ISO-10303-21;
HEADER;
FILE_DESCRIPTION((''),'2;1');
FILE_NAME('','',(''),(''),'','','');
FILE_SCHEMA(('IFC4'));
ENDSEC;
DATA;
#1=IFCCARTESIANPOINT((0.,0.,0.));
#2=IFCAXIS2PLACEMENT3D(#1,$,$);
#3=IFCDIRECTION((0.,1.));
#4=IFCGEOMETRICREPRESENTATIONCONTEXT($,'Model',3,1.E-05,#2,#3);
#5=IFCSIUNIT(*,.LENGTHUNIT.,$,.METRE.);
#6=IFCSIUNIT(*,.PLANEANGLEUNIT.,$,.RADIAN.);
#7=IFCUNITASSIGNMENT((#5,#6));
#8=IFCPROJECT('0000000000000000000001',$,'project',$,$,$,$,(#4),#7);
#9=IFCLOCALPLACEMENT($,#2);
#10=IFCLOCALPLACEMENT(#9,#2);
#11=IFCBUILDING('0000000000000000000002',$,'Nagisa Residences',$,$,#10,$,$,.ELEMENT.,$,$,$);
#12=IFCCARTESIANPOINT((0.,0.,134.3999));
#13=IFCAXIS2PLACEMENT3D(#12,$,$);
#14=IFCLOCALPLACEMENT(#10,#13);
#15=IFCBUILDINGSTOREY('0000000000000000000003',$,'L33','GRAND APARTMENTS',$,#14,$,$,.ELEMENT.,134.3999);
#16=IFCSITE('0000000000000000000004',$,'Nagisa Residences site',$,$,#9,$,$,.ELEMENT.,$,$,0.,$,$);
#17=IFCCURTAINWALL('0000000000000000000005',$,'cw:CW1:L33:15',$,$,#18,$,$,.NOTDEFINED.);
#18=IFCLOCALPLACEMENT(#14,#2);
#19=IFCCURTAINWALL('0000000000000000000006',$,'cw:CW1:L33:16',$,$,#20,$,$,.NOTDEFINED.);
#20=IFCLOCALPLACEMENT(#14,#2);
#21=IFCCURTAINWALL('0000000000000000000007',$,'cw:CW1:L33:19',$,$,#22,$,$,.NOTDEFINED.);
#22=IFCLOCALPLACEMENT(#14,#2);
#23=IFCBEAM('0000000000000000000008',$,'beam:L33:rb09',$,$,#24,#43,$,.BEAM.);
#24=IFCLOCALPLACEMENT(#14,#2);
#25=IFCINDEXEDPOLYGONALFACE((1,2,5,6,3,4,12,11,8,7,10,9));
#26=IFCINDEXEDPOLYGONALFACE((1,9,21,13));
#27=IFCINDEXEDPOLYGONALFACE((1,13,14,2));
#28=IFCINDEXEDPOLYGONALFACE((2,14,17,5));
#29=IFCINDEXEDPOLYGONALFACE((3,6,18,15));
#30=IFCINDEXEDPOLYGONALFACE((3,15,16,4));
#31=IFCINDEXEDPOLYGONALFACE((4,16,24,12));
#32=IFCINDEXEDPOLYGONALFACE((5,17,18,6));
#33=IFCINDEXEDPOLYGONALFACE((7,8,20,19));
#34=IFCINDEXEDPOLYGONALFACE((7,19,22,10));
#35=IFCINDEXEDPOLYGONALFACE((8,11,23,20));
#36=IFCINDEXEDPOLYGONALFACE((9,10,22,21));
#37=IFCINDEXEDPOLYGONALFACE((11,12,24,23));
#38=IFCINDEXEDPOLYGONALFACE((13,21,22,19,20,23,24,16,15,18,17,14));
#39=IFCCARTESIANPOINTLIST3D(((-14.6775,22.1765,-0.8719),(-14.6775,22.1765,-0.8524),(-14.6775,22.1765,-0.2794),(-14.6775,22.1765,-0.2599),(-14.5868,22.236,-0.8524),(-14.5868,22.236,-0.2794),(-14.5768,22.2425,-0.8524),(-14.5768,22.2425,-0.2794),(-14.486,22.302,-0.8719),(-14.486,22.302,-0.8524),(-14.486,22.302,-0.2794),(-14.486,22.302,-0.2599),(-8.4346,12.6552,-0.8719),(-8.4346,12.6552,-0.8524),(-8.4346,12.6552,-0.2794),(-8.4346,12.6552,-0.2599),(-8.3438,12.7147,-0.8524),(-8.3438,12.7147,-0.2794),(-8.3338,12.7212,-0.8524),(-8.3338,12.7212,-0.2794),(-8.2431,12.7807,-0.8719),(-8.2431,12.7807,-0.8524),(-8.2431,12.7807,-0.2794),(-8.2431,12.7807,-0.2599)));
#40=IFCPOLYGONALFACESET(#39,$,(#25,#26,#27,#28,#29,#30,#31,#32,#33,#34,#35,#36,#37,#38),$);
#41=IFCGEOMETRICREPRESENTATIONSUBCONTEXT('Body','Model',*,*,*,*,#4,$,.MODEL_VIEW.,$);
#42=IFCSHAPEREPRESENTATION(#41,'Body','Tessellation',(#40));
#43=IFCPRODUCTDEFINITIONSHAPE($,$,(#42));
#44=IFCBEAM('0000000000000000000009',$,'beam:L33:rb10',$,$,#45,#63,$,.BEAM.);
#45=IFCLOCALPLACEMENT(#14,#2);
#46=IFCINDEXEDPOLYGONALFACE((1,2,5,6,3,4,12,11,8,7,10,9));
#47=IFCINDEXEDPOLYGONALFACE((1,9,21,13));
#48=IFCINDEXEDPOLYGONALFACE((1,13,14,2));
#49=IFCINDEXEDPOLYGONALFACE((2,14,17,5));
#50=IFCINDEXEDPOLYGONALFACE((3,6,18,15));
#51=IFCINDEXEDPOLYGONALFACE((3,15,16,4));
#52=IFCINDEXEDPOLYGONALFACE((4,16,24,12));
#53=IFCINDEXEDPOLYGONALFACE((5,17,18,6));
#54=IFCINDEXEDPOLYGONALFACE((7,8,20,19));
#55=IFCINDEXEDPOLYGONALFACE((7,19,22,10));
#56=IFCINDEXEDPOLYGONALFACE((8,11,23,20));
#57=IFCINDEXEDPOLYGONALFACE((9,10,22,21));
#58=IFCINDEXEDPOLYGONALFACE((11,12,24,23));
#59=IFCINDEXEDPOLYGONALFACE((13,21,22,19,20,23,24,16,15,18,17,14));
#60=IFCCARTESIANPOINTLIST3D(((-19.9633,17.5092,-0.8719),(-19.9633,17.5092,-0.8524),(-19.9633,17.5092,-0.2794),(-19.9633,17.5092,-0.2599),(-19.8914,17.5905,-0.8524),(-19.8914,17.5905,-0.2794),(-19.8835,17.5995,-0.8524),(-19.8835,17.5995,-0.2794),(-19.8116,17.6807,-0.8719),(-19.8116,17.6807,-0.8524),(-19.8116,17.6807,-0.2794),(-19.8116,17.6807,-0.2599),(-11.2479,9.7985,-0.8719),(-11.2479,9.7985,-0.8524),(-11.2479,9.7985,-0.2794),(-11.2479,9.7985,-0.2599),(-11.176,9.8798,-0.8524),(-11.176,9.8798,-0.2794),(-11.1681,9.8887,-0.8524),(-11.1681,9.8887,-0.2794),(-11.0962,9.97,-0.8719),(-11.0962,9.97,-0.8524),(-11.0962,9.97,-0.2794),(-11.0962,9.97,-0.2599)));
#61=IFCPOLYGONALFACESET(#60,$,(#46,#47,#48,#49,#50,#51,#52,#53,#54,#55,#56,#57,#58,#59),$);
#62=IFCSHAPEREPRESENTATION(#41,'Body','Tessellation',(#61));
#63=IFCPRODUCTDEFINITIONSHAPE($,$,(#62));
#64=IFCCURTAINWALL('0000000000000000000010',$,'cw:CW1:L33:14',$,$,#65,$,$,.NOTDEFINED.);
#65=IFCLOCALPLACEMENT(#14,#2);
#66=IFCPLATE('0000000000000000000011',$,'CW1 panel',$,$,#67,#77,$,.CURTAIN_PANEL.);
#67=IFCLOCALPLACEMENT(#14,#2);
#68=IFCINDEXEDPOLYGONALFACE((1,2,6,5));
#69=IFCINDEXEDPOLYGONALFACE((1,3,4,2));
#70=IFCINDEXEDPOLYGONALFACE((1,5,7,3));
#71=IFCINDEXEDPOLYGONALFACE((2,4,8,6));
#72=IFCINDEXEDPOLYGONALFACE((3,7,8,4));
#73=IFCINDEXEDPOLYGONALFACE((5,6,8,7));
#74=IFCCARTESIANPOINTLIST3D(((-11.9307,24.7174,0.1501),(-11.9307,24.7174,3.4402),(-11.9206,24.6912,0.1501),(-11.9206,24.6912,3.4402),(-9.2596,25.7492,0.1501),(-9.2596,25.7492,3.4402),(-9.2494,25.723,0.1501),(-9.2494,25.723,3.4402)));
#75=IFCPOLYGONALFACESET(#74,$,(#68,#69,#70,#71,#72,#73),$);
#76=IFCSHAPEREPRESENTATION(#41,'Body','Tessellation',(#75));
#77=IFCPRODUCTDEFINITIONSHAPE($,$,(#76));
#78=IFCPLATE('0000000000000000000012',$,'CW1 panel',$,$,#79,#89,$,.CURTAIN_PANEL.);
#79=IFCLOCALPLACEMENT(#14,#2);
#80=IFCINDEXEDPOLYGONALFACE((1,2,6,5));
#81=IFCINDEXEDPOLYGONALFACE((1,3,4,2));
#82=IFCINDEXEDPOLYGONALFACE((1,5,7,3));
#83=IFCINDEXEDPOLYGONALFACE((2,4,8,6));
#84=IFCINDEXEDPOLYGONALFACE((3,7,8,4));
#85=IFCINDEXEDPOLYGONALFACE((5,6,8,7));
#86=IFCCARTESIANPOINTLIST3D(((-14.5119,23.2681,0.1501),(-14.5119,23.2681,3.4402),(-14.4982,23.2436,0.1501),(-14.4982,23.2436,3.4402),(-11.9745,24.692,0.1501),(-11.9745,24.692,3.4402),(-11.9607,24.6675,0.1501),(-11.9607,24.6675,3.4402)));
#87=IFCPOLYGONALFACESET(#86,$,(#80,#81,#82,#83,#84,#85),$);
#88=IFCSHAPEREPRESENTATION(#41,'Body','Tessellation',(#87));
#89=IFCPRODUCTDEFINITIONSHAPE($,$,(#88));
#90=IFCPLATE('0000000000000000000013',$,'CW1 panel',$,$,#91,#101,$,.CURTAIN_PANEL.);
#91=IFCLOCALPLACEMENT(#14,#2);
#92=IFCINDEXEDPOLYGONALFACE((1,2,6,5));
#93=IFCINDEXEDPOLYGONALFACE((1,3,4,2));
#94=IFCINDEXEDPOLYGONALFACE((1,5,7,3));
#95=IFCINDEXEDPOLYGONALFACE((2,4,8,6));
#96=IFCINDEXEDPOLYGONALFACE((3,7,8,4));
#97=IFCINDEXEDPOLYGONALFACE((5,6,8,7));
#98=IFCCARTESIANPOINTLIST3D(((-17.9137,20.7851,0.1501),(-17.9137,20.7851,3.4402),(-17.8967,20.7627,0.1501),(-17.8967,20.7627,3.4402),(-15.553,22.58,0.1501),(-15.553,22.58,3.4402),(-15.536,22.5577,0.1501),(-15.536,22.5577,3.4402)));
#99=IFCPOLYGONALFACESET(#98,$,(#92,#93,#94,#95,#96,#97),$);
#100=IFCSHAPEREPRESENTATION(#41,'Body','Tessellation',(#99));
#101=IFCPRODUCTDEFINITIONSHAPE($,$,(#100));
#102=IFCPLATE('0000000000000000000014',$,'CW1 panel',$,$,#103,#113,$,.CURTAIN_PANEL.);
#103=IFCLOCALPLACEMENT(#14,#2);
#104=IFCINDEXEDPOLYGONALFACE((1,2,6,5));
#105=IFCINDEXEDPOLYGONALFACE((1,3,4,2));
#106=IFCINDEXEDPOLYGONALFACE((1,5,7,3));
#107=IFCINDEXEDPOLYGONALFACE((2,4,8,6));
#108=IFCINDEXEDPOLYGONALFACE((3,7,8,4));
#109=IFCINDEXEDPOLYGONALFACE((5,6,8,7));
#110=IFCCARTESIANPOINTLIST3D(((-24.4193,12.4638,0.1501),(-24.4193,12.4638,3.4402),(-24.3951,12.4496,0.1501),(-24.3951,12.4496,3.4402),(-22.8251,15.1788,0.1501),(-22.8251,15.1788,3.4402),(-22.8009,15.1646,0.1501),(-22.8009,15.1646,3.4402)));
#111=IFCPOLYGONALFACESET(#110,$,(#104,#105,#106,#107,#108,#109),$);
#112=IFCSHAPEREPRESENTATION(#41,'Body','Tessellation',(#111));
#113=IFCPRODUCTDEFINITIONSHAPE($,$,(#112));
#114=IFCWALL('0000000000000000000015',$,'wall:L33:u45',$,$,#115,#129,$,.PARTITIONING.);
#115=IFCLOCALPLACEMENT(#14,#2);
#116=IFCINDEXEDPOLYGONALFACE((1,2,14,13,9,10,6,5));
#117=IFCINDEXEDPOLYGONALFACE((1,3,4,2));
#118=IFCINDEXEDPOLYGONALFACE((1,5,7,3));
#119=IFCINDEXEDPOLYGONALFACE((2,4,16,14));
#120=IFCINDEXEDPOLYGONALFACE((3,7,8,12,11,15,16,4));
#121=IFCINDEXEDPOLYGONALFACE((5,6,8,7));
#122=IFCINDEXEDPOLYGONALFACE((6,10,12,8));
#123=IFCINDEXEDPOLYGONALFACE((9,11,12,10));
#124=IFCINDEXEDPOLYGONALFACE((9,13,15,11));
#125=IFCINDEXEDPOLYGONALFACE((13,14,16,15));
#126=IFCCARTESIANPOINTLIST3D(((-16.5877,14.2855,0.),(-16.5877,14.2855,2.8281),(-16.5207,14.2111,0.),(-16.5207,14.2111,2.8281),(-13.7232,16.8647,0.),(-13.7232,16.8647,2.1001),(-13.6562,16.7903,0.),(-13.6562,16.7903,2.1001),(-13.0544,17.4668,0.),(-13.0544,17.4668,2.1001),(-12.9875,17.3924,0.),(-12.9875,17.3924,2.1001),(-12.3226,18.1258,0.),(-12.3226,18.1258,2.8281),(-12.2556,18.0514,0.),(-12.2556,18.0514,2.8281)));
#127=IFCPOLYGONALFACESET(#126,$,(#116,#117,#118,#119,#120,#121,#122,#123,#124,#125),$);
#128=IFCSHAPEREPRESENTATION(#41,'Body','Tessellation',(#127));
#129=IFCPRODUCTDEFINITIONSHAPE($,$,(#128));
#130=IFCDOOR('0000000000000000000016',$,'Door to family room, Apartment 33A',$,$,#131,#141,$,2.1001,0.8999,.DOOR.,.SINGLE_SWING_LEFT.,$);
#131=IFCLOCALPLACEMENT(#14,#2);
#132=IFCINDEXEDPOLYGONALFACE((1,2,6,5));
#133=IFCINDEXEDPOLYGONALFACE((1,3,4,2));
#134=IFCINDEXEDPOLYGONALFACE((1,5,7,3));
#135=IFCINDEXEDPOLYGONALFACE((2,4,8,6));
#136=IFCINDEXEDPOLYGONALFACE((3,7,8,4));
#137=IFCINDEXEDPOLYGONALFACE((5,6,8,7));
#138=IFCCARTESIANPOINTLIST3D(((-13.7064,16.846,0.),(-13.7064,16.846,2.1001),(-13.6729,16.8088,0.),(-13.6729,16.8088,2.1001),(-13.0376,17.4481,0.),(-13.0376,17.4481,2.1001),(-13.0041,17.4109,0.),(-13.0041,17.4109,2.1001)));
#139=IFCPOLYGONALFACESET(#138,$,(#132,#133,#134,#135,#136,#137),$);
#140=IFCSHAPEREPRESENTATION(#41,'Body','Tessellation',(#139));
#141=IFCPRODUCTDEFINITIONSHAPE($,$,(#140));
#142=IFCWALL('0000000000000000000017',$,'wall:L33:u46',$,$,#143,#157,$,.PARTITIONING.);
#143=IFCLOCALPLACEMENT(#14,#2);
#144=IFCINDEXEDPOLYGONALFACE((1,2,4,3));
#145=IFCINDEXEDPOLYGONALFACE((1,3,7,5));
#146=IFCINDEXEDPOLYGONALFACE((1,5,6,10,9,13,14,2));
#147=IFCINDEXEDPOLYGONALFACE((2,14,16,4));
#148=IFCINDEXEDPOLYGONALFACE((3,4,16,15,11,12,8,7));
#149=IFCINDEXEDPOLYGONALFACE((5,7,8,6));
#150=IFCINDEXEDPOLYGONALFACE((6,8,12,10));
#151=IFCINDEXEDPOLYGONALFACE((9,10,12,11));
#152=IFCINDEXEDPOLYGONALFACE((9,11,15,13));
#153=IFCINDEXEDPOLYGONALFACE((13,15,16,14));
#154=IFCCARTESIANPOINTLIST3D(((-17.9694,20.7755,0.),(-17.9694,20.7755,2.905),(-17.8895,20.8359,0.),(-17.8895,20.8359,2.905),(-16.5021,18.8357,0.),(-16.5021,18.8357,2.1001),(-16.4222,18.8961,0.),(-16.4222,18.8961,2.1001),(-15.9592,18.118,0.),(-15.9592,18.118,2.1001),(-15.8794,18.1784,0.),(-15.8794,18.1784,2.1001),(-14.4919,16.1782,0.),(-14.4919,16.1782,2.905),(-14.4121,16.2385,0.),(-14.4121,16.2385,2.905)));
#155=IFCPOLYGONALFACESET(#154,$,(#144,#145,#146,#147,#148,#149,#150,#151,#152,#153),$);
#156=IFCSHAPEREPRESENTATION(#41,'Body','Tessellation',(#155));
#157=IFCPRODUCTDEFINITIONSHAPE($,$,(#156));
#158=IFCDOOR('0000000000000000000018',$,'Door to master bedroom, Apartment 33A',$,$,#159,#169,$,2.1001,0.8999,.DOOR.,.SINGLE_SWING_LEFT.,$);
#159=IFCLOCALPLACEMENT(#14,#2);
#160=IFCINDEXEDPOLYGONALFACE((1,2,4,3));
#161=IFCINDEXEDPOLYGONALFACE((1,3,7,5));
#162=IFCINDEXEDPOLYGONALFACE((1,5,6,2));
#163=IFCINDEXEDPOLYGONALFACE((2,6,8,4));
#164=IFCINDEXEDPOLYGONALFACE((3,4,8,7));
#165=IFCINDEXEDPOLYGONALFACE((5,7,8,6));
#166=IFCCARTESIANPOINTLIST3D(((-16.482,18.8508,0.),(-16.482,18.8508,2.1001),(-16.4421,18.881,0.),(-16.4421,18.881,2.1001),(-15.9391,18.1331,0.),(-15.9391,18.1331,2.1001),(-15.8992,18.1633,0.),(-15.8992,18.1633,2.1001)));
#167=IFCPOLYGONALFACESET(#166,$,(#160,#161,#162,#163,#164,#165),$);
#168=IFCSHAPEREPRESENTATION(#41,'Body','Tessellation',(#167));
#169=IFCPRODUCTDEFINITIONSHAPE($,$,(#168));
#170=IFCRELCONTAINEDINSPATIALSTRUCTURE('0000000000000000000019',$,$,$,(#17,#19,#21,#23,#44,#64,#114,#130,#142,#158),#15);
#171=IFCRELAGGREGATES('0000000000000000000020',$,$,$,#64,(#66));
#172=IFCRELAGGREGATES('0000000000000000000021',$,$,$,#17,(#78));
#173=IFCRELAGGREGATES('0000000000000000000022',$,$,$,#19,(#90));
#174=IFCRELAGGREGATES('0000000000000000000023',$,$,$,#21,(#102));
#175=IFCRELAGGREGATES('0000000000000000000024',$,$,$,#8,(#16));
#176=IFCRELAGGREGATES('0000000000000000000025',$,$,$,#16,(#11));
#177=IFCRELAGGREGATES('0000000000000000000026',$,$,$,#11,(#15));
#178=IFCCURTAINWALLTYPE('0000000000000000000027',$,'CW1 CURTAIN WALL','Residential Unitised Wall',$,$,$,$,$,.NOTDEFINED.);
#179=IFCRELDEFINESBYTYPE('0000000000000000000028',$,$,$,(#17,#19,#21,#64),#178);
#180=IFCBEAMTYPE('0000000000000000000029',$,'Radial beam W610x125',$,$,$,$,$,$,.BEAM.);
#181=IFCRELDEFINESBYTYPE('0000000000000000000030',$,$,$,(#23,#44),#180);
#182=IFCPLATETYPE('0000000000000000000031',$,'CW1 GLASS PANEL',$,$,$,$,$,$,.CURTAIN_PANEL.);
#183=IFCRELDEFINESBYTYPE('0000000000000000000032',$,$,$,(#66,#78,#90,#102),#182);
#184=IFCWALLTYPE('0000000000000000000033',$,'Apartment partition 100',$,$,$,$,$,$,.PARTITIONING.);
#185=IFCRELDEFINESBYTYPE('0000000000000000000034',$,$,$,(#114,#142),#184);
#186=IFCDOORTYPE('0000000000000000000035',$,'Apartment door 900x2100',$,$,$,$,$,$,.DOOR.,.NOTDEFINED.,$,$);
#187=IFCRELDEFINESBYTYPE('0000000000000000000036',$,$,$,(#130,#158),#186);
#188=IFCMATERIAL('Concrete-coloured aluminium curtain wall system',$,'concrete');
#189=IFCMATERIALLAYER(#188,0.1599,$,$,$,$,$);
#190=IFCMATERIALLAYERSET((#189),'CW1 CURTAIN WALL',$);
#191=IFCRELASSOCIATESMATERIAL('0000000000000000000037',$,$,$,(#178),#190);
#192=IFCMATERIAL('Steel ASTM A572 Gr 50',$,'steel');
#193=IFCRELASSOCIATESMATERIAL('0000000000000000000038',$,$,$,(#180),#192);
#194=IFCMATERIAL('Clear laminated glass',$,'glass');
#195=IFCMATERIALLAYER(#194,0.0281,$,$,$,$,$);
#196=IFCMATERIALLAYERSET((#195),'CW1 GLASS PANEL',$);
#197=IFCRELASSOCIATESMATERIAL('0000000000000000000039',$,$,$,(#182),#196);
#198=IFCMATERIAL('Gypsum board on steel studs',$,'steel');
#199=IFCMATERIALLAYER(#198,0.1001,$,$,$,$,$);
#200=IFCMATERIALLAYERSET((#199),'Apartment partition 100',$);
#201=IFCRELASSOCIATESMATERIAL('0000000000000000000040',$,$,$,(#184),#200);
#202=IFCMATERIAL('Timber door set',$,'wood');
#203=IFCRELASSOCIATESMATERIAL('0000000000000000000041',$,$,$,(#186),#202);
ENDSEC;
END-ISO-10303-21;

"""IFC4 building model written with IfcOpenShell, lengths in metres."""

from ifc_helpers import new_model, si_unit, direction, frame, frame_2d, origin, origin_2d, place, context, subcontext, project, spatial, rectangle, i_section, extrude, material, layer, layer_set, material_profile, profile_set, type_object, element, fill, aggregate, save


model = new_model("IFC4")

# Units and contexts
model_context = context("Model", 3, precision=1e-05, world=origin(), true_north=direction((0.0, 1.0)))
body_context = subcontext(model_context, "Body", "Model", "MODEL_VIEW")
ifc_project = project(units=[si_unit("LENGTHUNIT", "METRE"), si_unit("PLANEANGLEUNIT", "RADIAN")], contexts=[model_context])

# Site, building, storey
site_placement = place(None, origin())
site = spatial("IfcSite", under=ifc_project, at=site_placement, Name="Nagisa Residences site", CompositionType="ELEMENT", RefElevation=0.0)
building_placement = place(site_placement, origin())
building = spatial("IfcBuilding", under=site, at=building_placement, Name="Nagisa Residences", CompositionType="ELEMENT")
storey_placement = place(building_placement, frame((0.0, 0.0, 134.3999)))
storey = spatial("IfcBuildingStorey", under=building, at=storey_placement, Name="L33", Description="GRAND APARTMENTS", CompositionType="ELEMENT", Elevation=134.3999)

# Curtain walls
ifc_material_1 = material(Name="Concrete-coloured aluminium curtain wall system", Category="concrete")
ifc_layer_1 = layer(ifc_material_1, 0.1599)
ifc_layer_set_1 = layer_set([ifc_layer_1], Name="CW1 CURTAIN WALL")
curtain_wall_type = type_object("IfcCurtainWallType", Name="CW1 CURTAIN WALL", Description="Residential Unitised Wall", PredefinedType="NOTDEFINED", material=ifc_layer_set_1)
curtain_wall_1_placement = place(storey_placement, origin())
curtain_wall_1 = element("IfcCurtainWall", 1, at=curtain_wall_1_placement, inside=storey, type_object=curtain_wall_type, Name="cw:CW1:L33:15", PredefinedType="NOTDEFINED")
curtain_wall_2_placement = place(storey_placement, origin())
curtain_wall_2 = element("IfcCurtainWall", 2, at=curtain_wall_2_placement, inside=storey, type_object=curtain_wall_type, Name="cw:CW1:L33:16", PredefinedType="NOTDEFINED")
curtain_wall_3_placement = place(storey_placement, origin())
curtain_wall_3 = element("IfcCurtainWall", 3, at=curtain_wall_3_placement, inside=storey, type_object=curtain_wall_type, Name="cw:CW1:L33:19", PredefinedType="NOTDEFINED")

# Beams
ifc_material_2 = material(Name="Steel ASTM A572 Gr 50", Category="steel")
ifc_material_profile_1 = material_profile(ifc_material_2, i_section(OverallWidth=0.229, OverallDepth=0.6121, WebThickness=0.012, FlangeThickness=0.0195, at=origin_2d()), Name="W610x125")
ifc_profile_set_1 = profile_set([ifc_material_profile_1], Name="Steel ASTM A572 Gr 50")
beam_type_1 = type_object("IfcBeamType", Name="Radial beam W610x125", PredefinedType="BEAM", material=ifc_profile_set_1)
beam_1_placement = place(storey_placement, frame((-14.5818, 22.2393, -0.5659), z_axis=(0.548325, -0.836265, 0.0), x_axis=(0.836265, 0.548325, 0.0)))
element("IfcBeam", 4, at=beam_1_placement, inside=storey, type_object=beam_type_1, Name="beam:L33:rb09", PredefinedType="BEAM", context=body_context, shape_type="SweptSolid", body=[
    extrude(i_section(OverallWidth=0.229, OverallDepth=0.6121, WebThickness=0.012, FlangeThickness=0.0195, at=origin_2d()), origin(), (0.0, 0.0, 1.0), 11.3855),
])
beam_2_placement = place(storey_placement, frame((-19.8875, 17.595, -0.5659), z_axis=(0.748955, -0.662621, 0.0), x_axis=(0.662621, 0.748955, 0.0)))
element("IfcBeam", 5, at=beam_2_placement, inside=storey, type_object=beam_type_1, Name="beam:L33:rb10", PredefinedType="BEAM", context=body_context, shape_type="SweptSolid", body=[
    extrude(i_section(OverallWidth=0.229, OverallDepth=0.6121, WebThickness=0.012, FlangeThickness=0.0195, at=origin_2d()), origin(), (0.0, 0.0, 1.0), 11.6367),
])

# Curtain wall, plate
curtain_wall_4_placement = place(storey_placement, origin())
curtain_wall_4 = element("IfcCurtainWall", 6, at=curtain_wall_4_placement, inside=storey, type_object=curtain_wall_type, Name="cw:CW1:L33:14", PredefinedType="NOTDEFINED")
ifc_material_3 = material(Name="Clear laminated glass", Category="glass")
ifc_layer_2 = layer(ifc_material_3, 0.0281)
ifc_layer_set_2 = layer_set([ifc_layer_2], Name="CW1 GLASS PANEL")
plate_type = type_object("IfcPlateType", Name="CW1 GLASS PANEL", PredefinedType="CURTAIN_PANEL", material=ifc_layer_set_2)
plate_1_placement = place(storey_placement, frame((-10.5901, 25.2202, 0.1501), z_axis=(0.0, 0.0, 1.0), x_axis=(-0.932826, -0.360328, 0.0)))
plate_1 = element("IfcPlate", 7, at=plate_1_placement, type_object=plate_type, Name="CW1 panel", PredefinedType="CURTAIN_PANEL", context=body_context, shape_type="SweptSolid", body=[
    extrude(rectangle(XDim=2.8635, YDim=0.0281, at=origin_2d()), origin(), (0.0, 0.0, 1.0), 3.29),
])
aggregate(curtain_wall_4, [plate_1])

# Plates
plate_2_placement = place(storey_placement, frame((-13.2363, 23.9678, 0.1501), z_axis=(0.0, 0.0, 1.0), x_axis=(-0.872072, -0.489377, 0.0)))
plate_2 = element("IfcPlate", 8, at=plate_2_placement, type_object=plate_type, Name="CW1 panel", PredefinedType="CURTAIN_PANEL", context=body_context, shape_type="SweptSolid", body=[
    extrude(rectangle(XDim=2.9097, YDim=0.0281, at=origin_2d()), origin(), (0.0, 0.0, 1.0), 3.29),
])
aggregate(curtain_wall_1, [plate_2])
plate_3_placement = place(storey_placement, frame((-16.7249, 21.6714, 0.1501), z_axis=(0.0, 0.0, 1.0), x_axis=(-0.796031, -0.605255, 0.0)))
plate_3 = element("IfcPlate", 9, at=plate_3_placement, type_object=plate_type, Name="CW1 panel", PredefinedType="CURTAIN_PANEL", context=body_context, shape_type="SweptSolid", body=[
    extrude(rectangle(XDim=2.9656, YDim=0.0281, at=origin_2d()), origin(), (0.0, 0.0, 1.0), 3.29),
])
aggregate(curtain_wall_2, [plate_3])
plate_4_placement = place(storey_placement, frame((-23.6101, 13.8142, 0.1501), z_axis=(0.0, 0.0, 1.0), x_axis=(-0.506349, -0.862329, 0.0)))
plate_4 = element("IfcPlate", 10, at=plate_4_placement, type_object=plate_type, Name="CW1 panel", PredefinedType="CURTAIN_PANEL", context=body_context, shape_type="SweptSolid", body=[
    extrude(rectangle(XDim=3.1484, YDim=0.0281, at=origin_2d()), origin(), (0.0, 0.0, 1.0), 3.29),
])
aggregate(curtain_wall_3, [plate_4])

# Walls, openings, doors
ifc_material_4 = material(Name="Gypsum board on steel studs", Category="steel")
ifc_layer_3 = layer(ifc_material_4, 0.1001)
ifc_layer_set_3 = layer_set([ifc_layer_3], Name="Apartment partition 100")
wall_type_1 = type_object("IfcWallType", Name="Apartment partition 100", PredefinedType="PARTITIONING", material=ifc_layer_set_3)
wall_1_placement = place(storey_placement, frame((-12.2891, 18.0886, 0.0), z_axis=(0.0, 0.0, 1.0), x_axis=(-0.743146, -0.669129, 0.0)))
wall_1 = element("IfcWall", 11, at=wall_1_placement, inside=storey, type_object=wall_type_1, Name="wall:L33:u45", PredefinedType="PARTITIONING", context=body_context, shape_type="SweptSolid", body=[
    extrude(rectangle(XDim=5.7393, YDim=0.1001, at=frame_2d((2.8696, 0.0))), origin(), (0.0, 0.0, 1.0), 2.8281),
])
opening_1_placement = place(wall_1_placement, frame((0.9849, 0.0, 0.0)))
opening_1 = element("IfcOpeningElement", 12, at=opening_1_placement, cuts=wall_1, PredefinedType="OPENING", context=body_context, shape_type="SweptSolid", body=[
    extrude(rectangle(XDim=0.8999, YDim=2.1001, at=frame_2d((0.45, 1.05))), frame((0.0, 0.0601, 0.0), z_axis=(0.0, -1.0, 0.0), x_axis=(1.0, 0.0, 0.0)), (0.0, 0.0, 1.0), 0.1201),
])
ifc_material_5 = material(Name="Timber door set", Category="wood")
door_type_1 = type_object("IfcDoorType", Name="Apartment door 900x2100", OperationType="NOTDEFINED", PredefinedType="DOOR", material=ifc_material_5)
door_1_placement = place(opening_1_placement, frame((0.8999, 0.0, 0.0), x_axis=(-1.0, 0.0, 0.0)))
door_1 = element("IfcDoor", 13, at=door_1_placement, inside=storey, type_object=door_type_1, Name="Door to family room, Apartment 33A", OperationType="SINGLE_SWING_LEFT", OverallHeight=2.1001, OverallWidth=0.8999, PredefinedType="DOOR", context=body_context, shape_type="SweptSolid", body=[
    extrude(rectangle(XDim=0.8999, YDim=2.1001, at=frame_2d((0.45, 1.05))), frame((0.0, 0.0249, 0.0), z_axis=(0.0, -1.0, 0.0), x_axis=(1.0, 0.0, 0.0)), (0.0, 0.0, 1.0), 0.05),
])
fill(opening_1, door_1)
wall_2_placement = place(storey_placement, frame((-14.4519, 16.2083, 0.0), z_axis=(0.0, 0.0, 1.0), x_axis=(-0.603268, 0.797539, 0.0)))
wall_2 = element("IfcWall", 14, at=wall_2_placement, inside=storey, type_object=wall_type_1, Name="wall:L33:u46", PredefinedType="PARTITIONING", context=body_context, shape_type="SweptSolid", body=[
    extrude(rectangle(XDim=5.7644, YDim=0.1001, at=frame_2d((2.8823, 0.0))), origin(), (0.0, 0.0, 1.0), 2.905),
])
opening_2_placement = place(wall_2_placement, frame((2.4324, 0.0, 0.0)))
opening_2 = element("IfcOpeningElement", 15, at=opening_2_placement, cuts=wall_2, PredefinedType="OPENING", context=body_context, shape_type="SweptSolid", body=[
    extrude(rectangle(XDim=0.8999, YDim=2.1001, at=frame_2d((0.45, 1.05))), frame((0.0, 0.0601, 0.0), z_axis=(0.0, -1.0, 0.0), x_axis=(1.0, 0.0, 0.0)), (0.0, 0.0, 1.0), 0.1201),
])
door_2_placement = place(opening_2_placement, origin())
door_2 = element("IfcDoor", 16, at=door_2_placement, inside=storey, type_object=door_type_1, Name="Door to master bedroom, Apartment 33A", OperationType="SINGLE_SWING_LEFT", OverallHeight=2.1001, OverallWidth=0.8999, PredefinedType="DOOR", context=body_context, shape_type="SweptSolid", body=[
    extrude(rectangle(XDim=0.8999, YDim=2.1001, at=frame_2d((0.45, 1.05))), frame((0.0, 0.0249, 0.0), z_axis=(0.0, -1.0, 0.0), x_axis=(1.0, 0.0, 0.0)), (0.0, 0.0, 1.0), 0.05),
])
fill(opening_2, door_2)

save(model, "model.ifc")
